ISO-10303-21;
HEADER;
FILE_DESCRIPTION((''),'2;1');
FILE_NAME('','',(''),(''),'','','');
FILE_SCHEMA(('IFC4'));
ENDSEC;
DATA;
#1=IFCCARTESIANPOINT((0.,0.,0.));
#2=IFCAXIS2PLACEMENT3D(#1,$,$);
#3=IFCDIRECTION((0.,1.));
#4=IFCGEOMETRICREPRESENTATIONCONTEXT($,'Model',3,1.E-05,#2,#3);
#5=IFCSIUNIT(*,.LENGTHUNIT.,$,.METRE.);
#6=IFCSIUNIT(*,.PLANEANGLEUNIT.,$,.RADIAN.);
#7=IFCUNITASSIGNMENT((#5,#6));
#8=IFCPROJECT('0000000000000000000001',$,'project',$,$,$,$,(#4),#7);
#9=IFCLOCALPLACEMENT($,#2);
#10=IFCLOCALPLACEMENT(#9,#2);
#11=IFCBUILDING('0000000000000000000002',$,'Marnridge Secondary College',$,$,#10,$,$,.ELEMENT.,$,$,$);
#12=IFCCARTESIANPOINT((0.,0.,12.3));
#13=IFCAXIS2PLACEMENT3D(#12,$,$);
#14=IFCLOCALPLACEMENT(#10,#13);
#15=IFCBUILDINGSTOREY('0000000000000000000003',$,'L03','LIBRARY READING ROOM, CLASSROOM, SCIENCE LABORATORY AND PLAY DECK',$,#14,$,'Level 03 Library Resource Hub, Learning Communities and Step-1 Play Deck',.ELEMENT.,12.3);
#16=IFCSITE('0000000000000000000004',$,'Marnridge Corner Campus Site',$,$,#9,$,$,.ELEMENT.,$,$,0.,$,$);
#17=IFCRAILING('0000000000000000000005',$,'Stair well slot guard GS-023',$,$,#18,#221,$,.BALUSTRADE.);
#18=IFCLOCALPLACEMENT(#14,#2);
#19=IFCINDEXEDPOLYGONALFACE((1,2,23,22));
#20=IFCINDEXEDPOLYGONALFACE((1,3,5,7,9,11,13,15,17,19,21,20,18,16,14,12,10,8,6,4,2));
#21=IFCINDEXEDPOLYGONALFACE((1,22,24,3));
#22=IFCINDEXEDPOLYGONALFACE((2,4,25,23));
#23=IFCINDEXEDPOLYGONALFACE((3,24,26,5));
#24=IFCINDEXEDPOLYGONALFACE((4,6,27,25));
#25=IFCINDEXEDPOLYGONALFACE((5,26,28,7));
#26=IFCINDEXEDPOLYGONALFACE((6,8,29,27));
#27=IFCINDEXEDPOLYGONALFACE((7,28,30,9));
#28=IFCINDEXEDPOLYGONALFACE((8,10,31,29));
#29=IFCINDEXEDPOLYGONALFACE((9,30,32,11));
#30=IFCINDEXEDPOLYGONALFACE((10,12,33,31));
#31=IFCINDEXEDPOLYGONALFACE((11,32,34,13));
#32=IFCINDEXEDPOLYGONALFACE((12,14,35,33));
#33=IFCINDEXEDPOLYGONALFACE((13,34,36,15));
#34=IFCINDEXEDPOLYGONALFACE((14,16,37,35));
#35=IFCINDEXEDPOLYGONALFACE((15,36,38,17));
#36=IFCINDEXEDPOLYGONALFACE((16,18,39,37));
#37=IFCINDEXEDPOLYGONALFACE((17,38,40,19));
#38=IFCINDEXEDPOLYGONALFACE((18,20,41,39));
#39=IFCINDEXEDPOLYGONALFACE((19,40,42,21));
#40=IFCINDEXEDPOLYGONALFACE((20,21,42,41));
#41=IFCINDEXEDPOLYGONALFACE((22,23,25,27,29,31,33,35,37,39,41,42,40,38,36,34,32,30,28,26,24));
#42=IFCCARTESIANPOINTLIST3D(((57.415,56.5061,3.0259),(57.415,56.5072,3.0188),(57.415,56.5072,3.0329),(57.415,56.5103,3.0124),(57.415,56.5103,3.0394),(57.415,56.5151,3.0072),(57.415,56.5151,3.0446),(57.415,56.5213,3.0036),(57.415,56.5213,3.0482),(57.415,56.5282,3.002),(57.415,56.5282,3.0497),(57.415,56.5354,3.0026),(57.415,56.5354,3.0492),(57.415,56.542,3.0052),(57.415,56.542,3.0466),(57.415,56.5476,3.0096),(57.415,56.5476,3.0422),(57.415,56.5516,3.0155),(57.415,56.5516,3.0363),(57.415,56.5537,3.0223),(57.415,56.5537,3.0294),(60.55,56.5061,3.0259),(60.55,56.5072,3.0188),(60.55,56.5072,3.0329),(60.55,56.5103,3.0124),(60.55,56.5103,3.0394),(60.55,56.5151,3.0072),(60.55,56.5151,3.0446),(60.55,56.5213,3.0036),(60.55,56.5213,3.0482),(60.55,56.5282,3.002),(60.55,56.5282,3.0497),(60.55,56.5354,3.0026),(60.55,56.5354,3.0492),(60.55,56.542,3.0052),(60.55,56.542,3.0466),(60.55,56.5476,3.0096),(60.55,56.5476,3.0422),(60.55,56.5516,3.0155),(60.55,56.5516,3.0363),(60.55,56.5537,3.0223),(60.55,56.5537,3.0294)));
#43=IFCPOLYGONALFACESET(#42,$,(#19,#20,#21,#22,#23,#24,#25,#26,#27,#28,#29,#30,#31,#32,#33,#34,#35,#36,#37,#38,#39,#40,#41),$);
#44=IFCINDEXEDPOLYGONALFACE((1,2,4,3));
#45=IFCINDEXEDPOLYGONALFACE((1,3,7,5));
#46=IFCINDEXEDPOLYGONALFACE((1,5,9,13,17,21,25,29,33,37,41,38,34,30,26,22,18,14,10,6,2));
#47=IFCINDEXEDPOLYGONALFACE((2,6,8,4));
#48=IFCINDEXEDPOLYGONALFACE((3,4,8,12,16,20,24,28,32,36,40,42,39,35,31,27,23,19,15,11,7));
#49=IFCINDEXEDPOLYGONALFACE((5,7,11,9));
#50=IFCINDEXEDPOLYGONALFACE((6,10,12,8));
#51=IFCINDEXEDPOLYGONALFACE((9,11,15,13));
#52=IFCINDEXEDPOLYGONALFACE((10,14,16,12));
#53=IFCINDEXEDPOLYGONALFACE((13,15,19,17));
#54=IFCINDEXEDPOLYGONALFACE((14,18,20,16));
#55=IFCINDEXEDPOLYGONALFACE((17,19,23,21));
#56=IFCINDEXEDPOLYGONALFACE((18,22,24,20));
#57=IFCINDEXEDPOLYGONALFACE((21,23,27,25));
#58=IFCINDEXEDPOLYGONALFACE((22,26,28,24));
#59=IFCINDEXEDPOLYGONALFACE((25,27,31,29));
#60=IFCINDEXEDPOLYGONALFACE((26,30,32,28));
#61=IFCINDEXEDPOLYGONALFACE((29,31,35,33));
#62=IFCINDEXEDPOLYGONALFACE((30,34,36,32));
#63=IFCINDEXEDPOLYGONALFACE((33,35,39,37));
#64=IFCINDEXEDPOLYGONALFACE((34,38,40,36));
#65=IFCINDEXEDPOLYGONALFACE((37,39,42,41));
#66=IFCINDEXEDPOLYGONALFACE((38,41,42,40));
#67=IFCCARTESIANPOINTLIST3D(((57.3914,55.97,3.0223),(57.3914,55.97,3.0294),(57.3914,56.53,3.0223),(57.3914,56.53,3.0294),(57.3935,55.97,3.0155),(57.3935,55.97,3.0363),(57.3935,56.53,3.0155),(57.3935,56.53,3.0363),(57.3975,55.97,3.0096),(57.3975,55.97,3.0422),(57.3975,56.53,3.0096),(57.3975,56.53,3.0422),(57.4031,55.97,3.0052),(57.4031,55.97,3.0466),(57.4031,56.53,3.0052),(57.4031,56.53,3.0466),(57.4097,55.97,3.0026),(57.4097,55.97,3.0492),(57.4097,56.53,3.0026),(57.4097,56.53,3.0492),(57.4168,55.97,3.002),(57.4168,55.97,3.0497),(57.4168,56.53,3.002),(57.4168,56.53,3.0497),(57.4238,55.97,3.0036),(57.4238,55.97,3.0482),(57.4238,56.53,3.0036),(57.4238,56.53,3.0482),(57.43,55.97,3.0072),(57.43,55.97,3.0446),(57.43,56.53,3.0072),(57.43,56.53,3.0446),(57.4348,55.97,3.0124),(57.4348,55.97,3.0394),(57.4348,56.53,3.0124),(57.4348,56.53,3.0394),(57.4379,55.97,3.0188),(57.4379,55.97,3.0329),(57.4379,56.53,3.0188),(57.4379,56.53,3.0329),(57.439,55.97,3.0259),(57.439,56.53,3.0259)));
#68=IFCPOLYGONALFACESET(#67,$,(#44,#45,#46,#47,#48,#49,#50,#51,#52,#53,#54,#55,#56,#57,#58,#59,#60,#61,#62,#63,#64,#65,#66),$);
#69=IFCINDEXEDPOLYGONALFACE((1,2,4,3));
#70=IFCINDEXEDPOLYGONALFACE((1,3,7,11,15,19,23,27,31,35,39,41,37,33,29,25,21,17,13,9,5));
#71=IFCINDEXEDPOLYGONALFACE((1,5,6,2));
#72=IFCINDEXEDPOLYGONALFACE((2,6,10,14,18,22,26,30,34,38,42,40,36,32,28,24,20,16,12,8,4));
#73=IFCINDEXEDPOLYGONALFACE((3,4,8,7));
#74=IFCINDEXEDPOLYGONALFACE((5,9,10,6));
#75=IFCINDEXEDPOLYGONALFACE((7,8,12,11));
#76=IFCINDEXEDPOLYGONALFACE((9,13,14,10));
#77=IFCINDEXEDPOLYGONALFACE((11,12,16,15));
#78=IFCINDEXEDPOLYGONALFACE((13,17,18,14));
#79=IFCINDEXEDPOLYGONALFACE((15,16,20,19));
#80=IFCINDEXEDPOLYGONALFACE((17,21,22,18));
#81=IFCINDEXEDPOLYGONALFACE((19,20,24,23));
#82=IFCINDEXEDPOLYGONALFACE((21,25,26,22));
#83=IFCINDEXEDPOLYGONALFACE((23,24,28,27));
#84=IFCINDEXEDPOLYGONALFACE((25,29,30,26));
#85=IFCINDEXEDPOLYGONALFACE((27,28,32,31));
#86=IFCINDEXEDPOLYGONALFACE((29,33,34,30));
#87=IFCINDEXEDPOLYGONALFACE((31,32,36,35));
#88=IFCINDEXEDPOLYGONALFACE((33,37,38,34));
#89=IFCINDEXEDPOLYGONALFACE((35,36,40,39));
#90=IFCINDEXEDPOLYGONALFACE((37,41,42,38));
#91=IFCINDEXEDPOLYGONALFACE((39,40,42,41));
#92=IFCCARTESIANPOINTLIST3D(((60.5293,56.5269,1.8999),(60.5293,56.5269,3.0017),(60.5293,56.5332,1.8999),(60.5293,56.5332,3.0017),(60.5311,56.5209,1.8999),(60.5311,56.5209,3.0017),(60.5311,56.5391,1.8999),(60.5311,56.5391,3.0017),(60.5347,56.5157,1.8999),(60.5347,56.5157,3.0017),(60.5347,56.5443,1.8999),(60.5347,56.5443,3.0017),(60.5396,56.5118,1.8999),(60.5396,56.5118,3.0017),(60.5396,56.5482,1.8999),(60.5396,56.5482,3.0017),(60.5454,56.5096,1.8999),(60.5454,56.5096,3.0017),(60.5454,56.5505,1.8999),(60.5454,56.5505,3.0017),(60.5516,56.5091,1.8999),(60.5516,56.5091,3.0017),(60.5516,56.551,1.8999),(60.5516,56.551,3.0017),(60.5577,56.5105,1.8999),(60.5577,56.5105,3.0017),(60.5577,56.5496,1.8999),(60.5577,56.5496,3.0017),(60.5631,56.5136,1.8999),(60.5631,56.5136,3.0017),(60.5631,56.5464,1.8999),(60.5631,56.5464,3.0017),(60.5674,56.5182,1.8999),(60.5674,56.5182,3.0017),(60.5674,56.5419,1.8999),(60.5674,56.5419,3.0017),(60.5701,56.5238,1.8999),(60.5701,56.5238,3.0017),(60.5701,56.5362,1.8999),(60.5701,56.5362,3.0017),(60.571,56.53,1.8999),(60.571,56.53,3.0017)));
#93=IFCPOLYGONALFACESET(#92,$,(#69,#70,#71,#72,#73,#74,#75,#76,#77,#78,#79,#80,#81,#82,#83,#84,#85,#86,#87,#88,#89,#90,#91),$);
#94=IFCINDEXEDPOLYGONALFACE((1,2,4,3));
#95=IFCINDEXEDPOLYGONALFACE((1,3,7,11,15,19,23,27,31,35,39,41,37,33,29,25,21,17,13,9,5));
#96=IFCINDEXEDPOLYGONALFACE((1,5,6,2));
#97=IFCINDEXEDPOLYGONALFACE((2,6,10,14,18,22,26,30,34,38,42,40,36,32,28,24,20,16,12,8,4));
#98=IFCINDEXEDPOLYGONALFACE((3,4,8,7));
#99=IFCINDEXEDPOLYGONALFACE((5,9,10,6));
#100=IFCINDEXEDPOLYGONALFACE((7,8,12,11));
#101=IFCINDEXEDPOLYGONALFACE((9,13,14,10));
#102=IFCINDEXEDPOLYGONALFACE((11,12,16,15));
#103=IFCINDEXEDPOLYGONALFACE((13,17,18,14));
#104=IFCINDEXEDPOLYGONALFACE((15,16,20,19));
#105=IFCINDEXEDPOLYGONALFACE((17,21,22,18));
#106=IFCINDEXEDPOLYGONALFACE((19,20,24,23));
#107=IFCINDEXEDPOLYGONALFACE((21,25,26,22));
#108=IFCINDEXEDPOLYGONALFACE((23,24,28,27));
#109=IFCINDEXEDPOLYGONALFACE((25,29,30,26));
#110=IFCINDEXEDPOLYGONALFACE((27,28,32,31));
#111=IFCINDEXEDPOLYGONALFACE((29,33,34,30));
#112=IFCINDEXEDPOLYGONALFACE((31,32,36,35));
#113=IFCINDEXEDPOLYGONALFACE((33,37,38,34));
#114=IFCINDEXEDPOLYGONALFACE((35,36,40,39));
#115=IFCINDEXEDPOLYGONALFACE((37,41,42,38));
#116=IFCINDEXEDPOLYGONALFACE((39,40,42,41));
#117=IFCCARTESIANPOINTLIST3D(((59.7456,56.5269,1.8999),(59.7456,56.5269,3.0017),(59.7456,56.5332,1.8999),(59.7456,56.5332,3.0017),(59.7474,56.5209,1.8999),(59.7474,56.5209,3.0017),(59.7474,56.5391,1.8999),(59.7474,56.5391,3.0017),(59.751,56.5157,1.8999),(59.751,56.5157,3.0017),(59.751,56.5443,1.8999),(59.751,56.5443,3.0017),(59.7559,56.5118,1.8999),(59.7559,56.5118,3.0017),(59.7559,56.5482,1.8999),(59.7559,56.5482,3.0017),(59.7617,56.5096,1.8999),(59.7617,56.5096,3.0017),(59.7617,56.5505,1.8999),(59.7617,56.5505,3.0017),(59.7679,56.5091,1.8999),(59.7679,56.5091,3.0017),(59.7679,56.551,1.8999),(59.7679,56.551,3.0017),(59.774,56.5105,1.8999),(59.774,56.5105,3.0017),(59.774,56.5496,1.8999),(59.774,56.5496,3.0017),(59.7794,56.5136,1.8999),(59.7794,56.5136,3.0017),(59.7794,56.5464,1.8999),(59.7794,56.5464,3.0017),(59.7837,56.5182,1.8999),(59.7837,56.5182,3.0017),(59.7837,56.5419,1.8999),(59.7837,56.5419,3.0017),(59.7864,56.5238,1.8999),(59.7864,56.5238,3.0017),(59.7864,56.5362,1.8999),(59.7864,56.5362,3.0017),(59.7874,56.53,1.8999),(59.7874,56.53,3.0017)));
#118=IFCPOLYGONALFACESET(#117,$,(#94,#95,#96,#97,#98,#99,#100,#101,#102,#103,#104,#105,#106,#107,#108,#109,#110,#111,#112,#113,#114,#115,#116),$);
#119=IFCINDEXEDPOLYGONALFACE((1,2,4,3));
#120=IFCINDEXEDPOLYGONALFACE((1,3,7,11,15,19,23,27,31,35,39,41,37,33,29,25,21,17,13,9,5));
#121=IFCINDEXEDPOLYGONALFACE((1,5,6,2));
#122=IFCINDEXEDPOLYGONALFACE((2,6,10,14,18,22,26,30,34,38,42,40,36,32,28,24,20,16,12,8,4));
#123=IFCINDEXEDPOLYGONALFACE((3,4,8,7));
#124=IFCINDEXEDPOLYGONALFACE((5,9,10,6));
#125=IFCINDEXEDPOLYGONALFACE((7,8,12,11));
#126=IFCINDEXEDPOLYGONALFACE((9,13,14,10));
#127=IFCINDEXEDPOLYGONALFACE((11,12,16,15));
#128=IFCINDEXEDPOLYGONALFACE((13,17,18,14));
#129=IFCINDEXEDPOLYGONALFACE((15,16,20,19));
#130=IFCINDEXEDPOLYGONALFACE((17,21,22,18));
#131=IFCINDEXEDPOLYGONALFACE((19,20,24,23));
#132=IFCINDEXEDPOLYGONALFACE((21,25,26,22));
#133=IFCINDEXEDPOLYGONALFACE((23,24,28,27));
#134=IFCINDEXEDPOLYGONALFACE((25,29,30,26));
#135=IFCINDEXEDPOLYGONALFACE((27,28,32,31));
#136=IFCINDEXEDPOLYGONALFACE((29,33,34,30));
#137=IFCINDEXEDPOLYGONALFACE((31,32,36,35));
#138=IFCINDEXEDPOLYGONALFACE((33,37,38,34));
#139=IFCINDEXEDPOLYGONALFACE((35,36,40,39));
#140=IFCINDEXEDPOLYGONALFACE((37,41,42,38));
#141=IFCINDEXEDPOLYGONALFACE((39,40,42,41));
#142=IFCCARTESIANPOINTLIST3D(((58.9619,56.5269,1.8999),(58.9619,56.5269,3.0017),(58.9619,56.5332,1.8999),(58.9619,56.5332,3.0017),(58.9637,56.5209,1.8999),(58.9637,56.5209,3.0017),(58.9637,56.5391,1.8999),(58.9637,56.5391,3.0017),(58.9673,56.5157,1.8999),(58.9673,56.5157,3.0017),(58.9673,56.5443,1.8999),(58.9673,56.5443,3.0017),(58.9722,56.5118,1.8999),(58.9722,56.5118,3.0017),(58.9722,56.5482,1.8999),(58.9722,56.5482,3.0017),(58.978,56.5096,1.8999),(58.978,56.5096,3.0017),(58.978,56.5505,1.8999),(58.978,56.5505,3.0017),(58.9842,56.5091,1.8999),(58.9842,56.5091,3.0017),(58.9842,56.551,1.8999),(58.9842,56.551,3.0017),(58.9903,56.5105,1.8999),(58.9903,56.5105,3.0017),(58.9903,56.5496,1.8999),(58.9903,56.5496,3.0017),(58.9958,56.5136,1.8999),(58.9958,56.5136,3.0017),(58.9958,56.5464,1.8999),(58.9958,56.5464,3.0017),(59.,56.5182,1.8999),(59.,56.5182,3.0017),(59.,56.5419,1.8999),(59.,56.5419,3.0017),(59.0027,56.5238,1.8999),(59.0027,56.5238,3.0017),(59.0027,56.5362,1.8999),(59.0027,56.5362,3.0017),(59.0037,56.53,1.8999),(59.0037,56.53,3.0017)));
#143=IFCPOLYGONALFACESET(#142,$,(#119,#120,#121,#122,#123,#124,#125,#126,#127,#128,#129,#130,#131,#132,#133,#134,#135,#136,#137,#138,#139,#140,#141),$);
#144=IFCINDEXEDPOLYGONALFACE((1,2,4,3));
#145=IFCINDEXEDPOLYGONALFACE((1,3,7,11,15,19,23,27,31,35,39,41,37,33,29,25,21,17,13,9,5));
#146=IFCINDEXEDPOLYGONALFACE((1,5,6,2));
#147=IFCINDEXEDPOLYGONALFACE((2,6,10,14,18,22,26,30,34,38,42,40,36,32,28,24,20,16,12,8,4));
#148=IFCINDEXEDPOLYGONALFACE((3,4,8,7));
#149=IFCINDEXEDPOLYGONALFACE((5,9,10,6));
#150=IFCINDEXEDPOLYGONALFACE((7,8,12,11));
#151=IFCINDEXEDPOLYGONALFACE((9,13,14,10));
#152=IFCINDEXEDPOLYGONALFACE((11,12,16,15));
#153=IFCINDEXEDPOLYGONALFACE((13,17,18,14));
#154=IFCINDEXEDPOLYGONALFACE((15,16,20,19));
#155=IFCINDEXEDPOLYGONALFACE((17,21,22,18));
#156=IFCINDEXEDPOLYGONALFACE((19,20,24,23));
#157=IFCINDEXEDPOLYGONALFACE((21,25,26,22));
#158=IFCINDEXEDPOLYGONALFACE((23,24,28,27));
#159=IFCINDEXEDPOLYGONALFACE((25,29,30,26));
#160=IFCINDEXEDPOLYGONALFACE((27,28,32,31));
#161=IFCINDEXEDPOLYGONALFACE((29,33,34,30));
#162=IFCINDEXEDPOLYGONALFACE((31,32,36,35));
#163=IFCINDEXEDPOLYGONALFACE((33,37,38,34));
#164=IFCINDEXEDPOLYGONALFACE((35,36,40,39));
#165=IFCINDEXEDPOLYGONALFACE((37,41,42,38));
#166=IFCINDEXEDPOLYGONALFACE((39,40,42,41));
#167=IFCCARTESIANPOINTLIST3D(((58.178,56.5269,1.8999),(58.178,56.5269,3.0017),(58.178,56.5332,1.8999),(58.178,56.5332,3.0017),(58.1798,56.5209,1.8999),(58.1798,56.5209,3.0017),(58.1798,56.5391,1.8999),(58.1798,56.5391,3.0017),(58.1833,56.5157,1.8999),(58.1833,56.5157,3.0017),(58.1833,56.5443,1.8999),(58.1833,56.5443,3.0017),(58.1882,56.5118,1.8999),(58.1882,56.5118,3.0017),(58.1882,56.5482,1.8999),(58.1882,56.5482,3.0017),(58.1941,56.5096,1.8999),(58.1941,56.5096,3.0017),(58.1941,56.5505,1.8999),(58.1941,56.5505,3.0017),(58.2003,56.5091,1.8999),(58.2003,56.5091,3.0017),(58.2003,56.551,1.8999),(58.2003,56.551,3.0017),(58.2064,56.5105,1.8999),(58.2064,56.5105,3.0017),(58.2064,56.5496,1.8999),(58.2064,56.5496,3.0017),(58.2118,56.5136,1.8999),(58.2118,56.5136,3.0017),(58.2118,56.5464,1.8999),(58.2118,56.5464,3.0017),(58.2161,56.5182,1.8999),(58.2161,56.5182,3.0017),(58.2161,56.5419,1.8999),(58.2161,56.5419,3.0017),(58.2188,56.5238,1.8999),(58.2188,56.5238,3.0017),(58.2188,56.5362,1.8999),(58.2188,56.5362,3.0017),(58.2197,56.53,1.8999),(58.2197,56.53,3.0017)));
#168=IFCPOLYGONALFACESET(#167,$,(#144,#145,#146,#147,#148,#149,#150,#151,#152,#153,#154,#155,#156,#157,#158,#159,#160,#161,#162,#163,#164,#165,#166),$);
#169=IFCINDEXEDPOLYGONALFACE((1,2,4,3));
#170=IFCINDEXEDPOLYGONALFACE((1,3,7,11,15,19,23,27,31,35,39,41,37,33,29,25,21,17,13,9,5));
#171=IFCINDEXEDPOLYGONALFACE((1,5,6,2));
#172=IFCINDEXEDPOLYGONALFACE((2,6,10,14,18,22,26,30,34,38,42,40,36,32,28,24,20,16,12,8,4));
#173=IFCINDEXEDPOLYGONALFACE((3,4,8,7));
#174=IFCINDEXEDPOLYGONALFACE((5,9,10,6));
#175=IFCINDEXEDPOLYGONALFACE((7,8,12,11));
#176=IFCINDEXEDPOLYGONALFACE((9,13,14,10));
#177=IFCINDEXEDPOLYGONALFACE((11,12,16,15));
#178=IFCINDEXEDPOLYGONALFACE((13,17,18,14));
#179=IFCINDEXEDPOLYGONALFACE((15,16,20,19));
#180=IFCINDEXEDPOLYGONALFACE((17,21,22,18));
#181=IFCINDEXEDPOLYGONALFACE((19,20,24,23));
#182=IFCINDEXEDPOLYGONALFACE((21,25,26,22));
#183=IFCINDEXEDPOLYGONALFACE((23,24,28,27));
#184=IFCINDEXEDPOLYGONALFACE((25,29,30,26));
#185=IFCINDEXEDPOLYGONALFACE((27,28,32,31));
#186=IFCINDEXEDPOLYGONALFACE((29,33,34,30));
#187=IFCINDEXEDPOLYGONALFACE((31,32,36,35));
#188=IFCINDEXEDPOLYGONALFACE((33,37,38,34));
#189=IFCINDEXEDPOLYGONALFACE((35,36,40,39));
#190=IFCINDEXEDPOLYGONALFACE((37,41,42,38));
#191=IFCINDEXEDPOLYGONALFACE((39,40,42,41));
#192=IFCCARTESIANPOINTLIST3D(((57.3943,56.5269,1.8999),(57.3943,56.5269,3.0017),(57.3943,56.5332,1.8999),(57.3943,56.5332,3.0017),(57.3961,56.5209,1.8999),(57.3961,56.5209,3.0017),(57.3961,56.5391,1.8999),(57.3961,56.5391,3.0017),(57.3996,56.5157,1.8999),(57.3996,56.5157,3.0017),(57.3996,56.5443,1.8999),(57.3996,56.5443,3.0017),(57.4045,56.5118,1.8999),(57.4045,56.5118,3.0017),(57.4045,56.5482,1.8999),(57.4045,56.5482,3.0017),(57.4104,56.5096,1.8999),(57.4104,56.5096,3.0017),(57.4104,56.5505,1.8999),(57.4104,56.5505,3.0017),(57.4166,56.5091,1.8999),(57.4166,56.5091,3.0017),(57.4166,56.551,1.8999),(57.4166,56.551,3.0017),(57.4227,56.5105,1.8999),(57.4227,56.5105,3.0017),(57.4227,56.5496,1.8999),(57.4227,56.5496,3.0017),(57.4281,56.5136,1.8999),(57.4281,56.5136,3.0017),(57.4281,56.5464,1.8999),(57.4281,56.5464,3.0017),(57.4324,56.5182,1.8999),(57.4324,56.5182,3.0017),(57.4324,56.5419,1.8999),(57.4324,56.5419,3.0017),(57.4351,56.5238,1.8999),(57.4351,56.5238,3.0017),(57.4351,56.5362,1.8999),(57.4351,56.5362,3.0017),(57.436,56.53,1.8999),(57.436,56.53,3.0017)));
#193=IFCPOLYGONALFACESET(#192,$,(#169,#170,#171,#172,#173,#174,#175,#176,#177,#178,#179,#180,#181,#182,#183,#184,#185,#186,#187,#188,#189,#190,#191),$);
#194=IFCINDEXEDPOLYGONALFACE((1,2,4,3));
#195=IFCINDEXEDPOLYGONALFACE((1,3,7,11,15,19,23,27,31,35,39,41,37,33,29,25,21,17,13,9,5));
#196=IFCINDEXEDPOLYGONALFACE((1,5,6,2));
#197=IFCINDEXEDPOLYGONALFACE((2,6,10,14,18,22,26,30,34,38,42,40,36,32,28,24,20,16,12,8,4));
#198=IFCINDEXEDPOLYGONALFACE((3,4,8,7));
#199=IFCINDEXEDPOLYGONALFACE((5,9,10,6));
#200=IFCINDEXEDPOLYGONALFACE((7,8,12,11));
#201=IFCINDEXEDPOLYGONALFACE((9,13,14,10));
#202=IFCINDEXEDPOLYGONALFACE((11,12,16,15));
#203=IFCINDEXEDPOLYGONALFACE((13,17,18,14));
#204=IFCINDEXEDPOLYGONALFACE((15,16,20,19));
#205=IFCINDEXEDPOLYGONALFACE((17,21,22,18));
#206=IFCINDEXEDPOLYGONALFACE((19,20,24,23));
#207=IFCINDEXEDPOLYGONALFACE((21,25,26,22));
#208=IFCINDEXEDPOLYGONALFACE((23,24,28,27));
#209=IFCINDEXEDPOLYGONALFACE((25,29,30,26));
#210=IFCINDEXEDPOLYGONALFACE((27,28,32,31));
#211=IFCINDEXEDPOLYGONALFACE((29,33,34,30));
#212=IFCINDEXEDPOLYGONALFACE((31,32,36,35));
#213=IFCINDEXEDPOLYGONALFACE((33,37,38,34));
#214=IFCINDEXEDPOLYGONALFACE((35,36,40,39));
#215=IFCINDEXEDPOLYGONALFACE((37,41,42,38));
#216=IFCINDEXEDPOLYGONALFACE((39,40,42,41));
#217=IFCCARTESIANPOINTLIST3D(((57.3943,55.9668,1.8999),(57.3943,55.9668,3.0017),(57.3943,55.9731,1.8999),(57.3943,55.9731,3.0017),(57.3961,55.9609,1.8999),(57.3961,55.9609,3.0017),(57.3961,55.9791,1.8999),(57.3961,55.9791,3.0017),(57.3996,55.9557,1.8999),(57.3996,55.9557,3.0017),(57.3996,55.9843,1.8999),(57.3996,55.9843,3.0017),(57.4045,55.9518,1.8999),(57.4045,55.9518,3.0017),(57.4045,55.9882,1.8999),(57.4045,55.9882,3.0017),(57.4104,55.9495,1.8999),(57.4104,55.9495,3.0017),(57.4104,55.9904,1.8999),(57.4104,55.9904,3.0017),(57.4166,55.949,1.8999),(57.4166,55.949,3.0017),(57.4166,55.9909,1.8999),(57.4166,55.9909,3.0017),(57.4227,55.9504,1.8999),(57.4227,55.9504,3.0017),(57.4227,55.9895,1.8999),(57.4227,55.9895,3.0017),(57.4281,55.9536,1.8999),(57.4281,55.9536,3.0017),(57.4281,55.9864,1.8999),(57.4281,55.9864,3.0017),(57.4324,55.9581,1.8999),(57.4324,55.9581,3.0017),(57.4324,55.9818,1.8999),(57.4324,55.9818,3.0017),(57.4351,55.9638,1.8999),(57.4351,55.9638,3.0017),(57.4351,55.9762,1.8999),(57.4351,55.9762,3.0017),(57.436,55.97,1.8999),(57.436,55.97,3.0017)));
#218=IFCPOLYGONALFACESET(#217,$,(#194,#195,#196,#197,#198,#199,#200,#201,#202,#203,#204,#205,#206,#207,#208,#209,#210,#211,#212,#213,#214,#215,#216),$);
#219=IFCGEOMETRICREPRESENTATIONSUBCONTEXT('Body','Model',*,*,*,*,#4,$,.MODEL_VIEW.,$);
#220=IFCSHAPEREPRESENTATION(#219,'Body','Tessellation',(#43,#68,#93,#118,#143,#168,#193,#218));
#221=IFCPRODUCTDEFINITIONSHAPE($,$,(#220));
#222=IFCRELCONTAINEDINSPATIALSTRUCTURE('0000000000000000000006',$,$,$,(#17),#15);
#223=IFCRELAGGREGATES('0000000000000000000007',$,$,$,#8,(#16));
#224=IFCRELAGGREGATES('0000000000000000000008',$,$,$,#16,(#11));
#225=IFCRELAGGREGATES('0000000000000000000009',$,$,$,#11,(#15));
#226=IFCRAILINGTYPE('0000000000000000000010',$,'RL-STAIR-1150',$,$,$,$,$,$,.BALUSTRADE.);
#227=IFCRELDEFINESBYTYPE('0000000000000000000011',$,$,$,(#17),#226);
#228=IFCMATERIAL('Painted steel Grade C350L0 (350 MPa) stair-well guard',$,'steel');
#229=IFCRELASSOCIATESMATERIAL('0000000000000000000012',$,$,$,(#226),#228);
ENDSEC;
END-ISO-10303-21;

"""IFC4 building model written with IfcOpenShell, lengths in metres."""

from ifc_helpers import new_model, si_unit, direction, frame, origin, origin_2d, place, context, subcontext, project, spatial, circle, extrude, material, type_object, element, save


model = new_model("IFC4")

# Units and contexts
model_context = context("Model", 3, precision=1e-05, world=origin(), true_north=direction((0.0, 1.0)))
body_context = subcontext(model_context, "Body", "Model", "MODEL_VIEW")
ifc_project = project(units=[si_unit("LENGTHUNIT", "METRE"), si_unit("PLANEANGLEUNIT", "RADIAN")], contexts=[model_context])

# Site, building, storey
site_placement = place(None, origin())
site = spatial("IfcSite", under=ifc_project, at=site_placement, Name="Marnridge Corner Campus Site", CompositionType="ELEMENT", RefElevation=0.0)
building_placement = place(site_placement, origin())
building = spatial("IfcBuilding", under=site, at=building_placement, Name="Marnridge Secondary College", CompositionType="ELEMENT")
storey_placement = place(building_placement, frame((0.0, 0.0, 12.3)))
storey = spatial("IfcBuildingStorey", under=building, at=storey_placement, Name="L03", Description="LIBRARY READING ROOM, CLASSROOM, SCIENCE LABORATORY AND PLAY DECK", LongName="Level 03 Library Resource Hub, Learning Communities and Step-1 Play Deck", CompositionType="ELEMENT", Elevation=12.3)

# Railing
ifc_material_1 = material(Name="Painted steel Grade C350L0 (350 MPa) stair-well guard", Category="steel")
railing_type_1 = type_object("IfcRailingType", Name="RL-STAIR-1150", PredefinedType="BALUSTRADE", material=ifc_material_1)
railing_placement = place(storey_placement, frame((60.55, 56.53, 1.8999)))
element("IfcRailing", 1, at=railing_placement, inside=storey, type_object=railing_type_1, Name="Stair well slot guard GS-023", PredefinedType="BALUSTRADE", context=body_context, shape_type="SweptSolid", body=[
    extrude(circle(Radius=0.0239, at=origin_2d()), frame((0.0, 0.0, 1.126), z_axis=(-1.0, 0.0, 0.0), x_axis=(0.0, -1.0, 0.0)), (0.0, 0.0, 1.0), 3.135),
    extrude(circle(Radius=0.0239, at=origin_2d()), frame((-3.135, 0.0, 1.126), z_axis=(0.0, -1.0, 0.0), x_axis=(1.0, 0.0, 0.0)), (0.0, 0.0, 1.0), 0.5601),
    extrude(circle(Radius=0.021, at=origin_2d()), origin(), (0.0, 0.0, 1.0), 1.1018),
    extrude(circle(Radius=0.021, at=origin_2d()), frame((-0.7837, 0.0, 0.0)), (0.0, 0.0, 1.0), 1.1018),
    extrude(circle(Radius=0.021, at=origin_2d()), frame((-1.5674, 0.0, 0.0)), (0.0, 0.0, 1.0), 1.1018),
    extrude(circle(Radius=0.021, at=origin_2d()), frame((-2.3513, 0.0, 0.0)), (0.0, 0.0, 1.0), 1.1018),
    extrude(circle(Radius=0.021, at=origin_2d()), frame((-3.135, 0.0, 0.0)), (0.0, 0.0, 1.0), 1.1018),
    extrude(circle(Radius=0.021, at=origin_2d()), frame((-3.135, -0.5601, 0.0)), (0.0, 0.0, 1.0), 1.1018),
])

save(model, "model.ifc")
